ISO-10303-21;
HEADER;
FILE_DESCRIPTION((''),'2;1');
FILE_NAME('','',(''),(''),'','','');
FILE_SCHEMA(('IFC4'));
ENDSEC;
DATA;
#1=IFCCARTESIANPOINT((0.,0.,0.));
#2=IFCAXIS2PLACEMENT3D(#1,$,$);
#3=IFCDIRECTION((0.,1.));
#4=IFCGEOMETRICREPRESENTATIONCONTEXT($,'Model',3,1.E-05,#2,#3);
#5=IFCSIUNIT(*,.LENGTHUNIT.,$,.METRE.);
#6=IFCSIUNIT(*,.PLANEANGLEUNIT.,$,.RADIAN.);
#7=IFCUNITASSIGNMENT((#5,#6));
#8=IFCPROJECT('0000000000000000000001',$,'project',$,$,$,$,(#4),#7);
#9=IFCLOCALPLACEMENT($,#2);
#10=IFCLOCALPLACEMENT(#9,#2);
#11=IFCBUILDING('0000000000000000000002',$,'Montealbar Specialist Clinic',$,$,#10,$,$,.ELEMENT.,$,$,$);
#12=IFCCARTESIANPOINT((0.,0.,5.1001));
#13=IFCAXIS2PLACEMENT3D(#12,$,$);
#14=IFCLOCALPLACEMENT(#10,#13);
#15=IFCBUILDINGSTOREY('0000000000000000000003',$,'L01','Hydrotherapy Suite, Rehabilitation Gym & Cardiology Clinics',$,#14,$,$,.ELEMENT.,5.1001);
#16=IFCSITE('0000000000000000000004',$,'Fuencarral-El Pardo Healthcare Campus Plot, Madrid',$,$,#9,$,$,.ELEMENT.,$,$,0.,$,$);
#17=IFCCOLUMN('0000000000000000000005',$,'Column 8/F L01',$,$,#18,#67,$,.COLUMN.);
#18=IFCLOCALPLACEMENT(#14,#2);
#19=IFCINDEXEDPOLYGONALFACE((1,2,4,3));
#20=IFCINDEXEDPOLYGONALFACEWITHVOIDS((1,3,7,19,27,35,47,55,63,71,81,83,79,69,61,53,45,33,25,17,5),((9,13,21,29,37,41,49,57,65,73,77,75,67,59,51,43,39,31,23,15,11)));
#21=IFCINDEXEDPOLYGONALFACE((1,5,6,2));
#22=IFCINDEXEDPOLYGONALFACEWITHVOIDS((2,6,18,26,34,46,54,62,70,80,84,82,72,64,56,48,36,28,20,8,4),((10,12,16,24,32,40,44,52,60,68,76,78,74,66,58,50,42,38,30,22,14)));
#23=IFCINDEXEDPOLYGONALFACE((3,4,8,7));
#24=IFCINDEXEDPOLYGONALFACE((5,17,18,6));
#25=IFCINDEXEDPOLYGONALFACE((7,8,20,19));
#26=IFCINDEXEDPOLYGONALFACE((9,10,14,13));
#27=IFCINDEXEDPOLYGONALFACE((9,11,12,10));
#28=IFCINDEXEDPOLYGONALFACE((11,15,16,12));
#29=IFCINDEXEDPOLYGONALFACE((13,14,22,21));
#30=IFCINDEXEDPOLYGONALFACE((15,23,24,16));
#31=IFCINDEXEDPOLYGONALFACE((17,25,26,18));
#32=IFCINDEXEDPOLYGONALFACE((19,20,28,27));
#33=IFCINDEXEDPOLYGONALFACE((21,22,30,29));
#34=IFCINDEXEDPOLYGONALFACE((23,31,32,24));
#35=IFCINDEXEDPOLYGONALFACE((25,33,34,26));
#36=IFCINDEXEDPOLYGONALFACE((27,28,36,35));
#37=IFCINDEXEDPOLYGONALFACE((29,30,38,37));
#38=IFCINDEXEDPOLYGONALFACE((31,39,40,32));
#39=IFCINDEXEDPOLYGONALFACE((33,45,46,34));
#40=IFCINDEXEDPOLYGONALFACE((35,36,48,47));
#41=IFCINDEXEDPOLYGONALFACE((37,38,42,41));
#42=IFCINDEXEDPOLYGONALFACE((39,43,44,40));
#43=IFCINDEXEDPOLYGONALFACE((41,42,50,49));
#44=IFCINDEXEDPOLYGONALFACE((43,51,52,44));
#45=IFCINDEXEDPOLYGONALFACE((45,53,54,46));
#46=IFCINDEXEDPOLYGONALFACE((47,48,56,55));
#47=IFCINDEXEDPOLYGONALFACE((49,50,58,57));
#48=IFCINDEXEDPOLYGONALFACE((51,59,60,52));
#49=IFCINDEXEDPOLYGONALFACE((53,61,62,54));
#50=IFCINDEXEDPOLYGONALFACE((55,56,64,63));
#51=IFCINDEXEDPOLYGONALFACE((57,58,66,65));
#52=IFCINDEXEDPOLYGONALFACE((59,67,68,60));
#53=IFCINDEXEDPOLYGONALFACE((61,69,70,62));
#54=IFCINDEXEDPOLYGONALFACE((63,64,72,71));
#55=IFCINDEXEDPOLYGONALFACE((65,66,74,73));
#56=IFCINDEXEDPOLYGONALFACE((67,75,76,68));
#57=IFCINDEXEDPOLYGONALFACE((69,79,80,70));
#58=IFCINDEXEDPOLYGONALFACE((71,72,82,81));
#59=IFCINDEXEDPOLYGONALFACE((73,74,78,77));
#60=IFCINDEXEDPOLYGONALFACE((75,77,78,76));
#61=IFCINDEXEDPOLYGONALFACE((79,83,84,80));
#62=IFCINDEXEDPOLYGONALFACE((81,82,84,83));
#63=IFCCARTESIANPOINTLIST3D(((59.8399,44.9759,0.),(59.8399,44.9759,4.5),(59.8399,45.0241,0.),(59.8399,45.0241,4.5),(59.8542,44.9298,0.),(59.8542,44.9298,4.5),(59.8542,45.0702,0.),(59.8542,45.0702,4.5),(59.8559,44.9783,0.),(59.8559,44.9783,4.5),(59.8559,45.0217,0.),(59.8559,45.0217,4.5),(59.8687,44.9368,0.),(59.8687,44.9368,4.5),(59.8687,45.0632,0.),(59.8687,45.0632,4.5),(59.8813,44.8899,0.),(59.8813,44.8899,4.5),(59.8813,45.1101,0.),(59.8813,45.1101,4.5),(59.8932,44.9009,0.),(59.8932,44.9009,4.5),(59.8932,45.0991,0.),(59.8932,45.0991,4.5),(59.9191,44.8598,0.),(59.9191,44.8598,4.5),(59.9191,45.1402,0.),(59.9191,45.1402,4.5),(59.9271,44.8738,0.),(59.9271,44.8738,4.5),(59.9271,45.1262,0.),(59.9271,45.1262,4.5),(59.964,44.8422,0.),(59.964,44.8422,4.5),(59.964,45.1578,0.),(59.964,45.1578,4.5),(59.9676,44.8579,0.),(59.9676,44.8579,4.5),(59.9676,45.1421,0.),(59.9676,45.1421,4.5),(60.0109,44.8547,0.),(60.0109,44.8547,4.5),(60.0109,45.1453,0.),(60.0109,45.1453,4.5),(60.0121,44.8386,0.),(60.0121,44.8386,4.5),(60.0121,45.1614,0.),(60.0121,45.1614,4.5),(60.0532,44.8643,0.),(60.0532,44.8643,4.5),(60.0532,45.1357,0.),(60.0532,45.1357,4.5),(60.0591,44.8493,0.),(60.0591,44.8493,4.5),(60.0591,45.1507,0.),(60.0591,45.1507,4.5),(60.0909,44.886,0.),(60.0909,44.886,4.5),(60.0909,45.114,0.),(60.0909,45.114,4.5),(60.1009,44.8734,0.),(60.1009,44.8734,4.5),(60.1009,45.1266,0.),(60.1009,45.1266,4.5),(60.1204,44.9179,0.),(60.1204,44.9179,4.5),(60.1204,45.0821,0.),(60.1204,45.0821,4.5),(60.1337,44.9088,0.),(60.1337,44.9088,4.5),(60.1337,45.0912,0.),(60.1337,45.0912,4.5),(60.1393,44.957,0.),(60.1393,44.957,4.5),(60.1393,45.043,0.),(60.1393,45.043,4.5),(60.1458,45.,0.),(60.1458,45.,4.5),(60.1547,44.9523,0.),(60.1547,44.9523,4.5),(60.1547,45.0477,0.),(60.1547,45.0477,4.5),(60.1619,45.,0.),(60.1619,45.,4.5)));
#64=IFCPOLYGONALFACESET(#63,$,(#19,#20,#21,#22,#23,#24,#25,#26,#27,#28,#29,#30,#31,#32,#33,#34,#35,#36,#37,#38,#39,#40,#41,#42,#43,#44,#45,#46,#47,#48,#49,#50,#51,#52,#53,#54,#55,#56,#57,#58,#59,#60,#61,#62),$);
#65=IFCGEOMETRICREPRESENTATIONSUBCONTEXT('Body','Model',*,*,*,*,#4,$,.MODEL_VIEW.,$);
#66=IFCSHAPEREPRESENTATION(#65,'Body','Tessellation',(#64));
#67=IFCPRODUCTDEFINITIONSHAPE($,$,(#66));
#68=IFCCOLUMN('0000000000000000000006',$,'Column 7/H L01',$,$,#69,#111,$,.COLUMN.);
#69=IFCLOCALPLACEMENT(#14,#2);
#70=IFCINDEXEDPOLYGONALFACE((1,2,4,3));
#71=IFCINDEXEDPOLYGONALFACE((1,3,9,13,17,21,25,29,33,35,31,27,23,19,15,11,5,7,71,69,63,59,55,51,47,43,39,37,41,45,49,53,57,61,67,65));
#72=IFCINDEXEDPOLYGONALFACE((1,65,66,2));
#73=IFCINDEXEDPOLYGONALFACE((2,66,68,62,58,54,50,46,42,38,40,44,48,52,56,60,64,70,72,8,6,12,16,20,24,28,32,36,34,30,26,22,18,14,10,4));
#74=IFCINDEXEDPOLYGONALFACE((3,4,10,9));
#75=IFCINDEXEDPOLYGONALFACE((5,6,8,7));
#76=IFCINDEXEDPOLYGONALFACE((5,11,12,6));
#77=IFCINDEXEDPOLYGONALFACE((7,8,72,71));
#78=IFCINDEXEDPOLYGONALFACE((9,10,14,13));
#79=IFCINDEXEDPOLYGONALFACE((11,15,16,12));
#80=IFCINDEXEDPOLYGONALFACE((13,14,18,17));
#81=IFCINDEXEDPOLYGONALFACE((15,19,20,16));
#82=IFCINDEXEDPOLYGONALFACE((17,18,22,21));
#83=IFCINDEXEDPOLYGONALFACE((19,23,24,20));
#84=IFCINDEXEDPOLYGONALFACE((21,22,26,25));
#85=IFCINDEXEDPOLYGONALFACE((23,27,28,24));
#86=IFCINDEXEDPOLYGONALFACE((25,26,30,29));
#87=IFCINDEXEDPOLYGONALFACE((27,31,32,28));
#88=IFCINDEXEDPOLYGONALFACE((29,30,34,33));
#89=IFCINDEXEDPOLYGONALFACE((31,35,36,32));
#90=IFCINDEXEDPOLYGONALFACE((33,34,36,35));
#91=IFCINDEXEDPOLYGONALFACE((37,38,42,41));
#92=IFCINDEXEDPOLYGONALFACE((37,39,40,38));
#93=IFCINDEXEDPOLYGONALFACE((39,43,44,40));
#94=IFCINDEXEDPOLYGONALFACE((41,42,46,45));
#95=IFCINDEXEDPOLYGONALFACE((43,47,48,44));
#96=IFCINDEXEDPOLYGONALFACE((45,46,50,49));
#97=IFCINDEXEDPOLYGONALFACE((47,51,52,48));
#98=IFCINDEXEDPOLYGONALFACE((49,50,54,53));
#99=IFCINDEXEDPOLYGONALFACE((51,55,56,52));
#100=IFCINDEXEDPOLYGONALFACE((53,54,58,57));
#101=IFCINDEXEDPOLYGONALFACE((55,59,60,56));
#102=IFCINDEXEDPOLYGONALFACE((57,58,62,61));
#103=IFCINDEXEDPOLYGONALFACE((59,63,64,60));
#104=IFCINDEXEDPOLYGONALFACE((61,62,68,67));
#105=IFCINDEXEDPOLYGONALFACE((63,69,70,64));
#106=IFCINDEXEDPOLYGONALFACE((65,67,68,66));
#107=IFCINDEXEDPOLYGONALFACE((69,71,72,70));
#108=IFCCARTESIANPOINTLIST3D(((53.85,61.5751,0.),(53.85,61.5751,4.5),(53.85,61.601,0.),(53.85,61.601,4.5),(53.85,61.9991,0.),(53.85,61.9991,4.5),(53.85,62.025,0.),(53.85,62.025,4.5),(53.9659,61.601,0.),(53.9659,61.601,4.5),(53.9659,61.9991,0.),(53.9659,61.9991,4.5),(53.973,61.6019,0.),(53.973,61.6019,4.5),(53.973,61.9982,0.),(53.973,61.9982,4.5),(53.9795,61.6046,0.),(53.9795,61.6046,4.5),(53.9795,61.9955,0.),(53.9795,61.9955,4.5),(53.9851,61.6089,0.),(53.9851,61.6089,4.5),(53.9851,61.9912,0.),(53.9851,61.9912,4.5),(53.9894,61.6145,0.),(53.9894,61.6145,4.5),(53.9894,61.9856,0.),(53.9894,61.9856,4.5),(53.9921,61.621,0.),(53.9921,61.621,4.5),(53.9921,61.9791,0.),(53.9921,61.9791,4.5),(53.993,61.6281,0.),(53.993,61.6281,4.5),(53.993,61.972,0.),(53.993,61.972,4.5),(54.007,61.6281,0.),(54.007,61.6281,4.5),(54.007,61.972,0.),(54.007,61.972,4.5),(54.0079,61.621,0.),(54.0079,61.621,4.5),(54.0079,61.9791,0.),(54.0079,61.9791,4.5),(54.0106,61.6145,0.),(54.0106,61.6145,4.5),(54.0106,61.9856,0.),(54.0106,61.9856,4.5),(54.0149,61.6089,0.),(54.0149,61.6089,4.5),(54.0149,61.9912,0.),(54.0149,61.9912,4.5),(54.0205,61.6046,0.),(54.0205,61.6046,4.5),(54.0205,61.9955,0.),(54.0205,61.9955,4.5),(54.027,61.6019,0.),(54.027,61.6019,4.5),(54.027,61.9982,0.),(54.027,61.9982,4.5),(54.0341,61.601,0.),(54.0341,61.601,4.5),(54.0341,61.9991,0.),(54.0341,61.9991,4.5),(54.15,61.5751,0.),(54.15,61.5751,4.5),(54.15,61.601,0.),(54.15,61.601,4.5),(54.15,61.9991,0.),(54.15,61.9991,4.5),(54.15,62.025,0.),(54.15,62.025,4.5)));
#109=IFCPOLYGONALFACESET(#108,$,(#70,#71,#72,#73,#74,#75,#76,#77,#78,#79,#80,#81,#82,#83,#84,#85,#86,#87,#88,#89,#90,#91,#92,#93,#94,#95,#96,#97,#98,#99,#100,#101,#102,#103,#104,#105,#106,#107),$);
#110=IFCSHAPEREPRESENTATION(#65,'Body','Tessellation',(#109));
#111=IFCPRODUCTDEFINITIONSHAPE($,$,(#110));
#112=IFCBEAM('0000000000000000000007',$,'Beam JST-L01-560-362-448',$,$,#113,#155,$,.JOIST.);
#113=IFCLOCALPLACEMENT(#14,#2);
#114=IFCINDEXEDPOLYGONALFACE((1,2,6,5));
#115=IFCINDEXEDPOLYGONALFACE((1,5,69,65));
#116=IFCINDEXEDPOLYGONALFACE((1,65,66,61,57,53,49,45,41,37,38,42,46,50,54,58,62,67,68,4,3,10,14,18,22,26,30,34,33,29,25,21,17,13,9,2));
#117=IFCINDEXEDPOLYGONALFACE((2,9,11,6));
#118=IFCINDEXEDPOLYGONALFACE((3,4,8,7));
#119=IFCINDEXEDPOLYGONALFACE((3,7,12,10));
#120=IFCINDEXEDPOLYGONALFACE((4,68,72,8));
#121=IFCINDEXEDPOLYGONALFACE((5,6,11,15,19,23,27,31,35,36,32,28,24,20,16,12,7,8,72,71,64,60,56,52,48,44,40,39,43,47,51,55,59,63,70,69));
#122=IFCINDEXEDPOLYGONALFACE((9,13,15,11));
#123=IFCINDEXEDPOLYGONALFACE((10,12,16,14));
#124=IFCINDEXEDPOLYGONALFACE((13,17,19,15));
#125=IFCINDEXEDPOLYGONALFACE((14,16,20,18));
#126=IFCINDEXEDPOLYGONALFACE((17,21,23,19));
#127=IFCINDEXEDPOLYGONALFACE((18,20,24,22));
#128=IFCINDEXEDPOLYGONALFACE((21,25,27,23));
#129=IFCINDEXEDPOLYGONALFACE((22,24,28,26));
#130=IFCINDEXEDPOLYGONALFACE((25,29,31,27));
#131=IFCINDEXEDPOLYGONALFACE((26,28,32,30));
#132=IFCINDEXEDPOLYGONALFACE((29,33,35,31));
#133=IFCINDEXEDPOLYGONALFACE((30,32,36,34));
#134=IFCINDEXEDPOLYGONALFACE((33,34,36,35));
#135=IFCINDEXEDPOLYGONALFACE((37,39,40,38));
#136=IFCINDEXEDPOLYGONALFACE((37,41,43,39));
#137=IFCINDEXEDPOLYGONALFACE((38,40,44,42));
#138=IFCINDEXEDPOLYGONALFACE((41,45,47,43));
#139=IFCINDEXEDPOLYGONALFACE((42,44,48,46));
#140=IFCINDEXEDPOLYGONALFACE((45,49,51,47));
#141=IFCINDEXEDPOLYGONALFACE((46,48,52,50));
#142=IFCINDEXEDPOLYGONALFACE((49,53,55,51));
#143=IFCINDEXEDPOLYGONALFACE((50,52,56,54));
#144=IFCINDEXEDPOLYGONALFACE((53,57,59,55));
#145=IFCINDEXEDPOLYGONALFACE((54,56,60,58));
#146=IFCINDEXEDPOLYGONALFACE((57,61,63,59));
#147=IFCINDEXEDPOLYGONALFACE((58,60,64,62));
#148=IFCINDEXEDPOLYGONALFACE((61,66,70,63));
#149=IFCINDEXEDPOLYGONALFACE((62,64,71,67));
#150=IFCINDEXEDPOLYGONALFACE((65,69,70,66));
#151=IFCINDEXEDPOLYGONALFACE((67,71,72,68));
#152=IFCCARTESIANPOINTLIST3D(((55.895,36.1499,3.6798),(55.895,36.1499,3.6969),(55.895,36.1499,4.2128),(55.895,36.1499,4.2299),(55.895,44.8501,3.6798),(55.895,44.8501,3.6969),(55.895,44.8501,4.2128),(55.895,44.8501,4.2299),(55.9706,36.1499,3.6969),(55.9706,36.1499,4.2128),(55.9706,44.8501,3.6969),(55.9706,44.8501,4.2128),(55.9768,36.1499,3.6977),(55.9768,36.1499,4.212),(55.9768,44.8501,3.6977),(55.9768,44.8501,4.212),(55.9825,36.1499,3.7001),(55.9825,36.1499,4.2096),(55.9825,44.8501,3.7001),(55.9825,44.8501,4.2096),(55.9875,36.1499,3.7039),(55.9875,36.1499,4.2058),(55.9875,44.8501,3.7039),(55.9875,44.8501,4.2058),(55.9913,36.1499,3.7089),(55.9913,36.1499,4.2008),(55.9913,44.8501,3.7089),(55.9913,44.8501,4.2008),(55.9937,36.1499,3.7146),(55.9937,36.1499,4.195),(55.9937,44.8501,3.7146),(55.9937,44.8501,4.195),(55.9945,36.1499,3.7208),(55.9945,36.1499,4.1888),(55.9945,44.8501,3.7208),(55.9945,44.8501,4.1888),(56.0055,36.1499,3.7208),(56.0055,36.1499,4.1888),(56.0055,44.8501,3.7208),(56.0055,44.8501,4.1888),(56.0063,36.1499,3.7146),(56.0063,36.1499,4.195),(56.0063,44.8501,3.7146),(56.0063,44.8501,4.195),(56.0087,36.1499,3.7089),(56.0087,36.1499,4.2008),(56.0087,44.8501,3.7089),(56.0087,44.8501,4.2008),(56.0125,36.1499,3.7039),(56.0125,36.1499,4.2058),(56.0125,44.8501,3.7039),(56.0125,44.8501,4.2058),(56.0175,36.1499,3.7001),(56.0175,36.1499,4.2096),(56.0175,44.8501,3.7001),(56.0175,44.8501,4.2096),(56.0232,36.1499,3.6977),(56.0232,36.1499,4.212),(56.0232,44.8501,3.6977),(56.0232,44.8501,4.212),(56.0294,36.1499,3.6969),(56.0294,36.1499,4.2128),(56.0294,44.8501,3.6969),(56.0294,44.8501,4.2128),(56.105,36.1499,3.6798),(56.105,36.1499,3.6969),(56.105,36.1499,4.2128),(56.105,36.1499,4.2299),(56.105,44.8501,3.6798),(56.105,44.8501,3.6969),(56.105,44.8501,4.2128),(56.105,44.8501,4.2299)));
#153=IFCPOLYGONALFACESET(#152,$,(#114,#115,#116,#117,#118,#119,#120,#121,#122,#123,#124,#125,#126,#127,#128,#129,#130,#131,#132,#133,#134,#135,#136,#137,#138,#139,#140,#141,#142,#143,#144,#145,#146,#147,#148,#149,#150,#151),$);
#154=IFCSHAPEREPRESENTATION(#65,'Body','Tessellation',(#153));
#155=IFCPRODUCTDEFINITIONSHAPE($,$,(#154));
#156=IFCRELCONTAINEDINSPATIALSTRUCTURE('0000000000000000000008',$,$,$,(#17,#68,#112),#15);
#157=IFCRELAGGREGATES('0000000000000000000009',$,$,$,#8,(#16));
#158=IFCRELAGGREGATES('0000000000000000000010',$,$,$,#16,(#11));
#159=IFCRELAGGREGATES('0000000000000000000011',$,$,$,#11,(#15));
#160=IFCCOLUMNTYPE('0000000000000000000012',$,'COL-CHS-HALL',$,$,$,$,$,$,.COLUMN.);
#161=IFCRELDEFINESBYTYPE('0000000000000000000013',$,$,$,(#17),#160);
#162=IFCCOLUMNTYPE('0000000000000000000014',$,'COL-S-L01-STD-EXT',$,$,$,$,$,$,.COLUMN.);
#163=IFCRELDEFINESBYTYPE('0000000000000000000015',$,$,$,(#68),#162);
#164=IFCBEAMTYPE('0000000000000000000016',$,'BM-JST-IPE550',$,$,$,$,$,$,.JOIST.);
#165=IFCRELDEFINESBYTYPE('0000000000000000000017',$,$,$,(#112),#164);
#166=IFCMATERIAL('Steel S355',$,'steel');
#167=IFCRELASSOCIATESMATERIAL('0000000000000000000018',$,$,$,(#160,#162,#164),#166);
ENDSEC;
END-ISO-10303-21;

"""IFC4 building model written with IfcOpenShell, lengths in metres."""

from ifc_helpers import new_model, si_unit, direction, frame, origin, origin_2d, place, context, subcontext, project, spatial, hollow_circle, i_section, extrude, material, material_profile, profile_set, type_object, element, save


model = new_model("IFC4")

# Units and contexts
model_context = context("Model", 3, precision=1e-05, world=origin(), true_north=direction((0.0, 1.0)))
body_context = subcontext(model_context, "Body", "Model", "MODEL_VIEW")
ifc_project = project(units=[si_unit("LENGTHUNIT", "METRE"), si_unit("PLANEANGLEUNIT", "RADIAN")], contexts=[model_context])

# Site, building, storey
site_placement = place(None, origin())
site = spatial("IfcSite", under=ifc_project, at=site_placement, Name="Fuencarral-El Pardo Healthcare Campus Plot, Madrid", CompositionType="ELEMENT", RefElevation=0.0)
building_placement = place(site_placement, origin())
building = spatial("IfcBuilding", under=site, at=building_placement, Name="Montealbar Specialist Clinic", CompositionType="ELEMENT")
storey_placement = place(building_placement, frame((0.0, 0.0, 5.1001)))
storey = spatial("IfcBuildingStorey", under=building, at=storey_placement, Name="L01", Description="Hydrotherapy Suite, Rehabilitation Gym & Cardiology Clinics", CompositionType="ELEMENT", Elevation=5.1001)

# Columns
ifc_material_1 = material(Name="Steel S355", Category="steel")
ifc_material_profile_1 = material_profile(ifc_material_1, hollow_circle(Radius=0.1619, WallThickness=0.0161, at=origin_2d()), Name="CHS 323.9x16.0", Category="steel")
ifc_profile_set_1 = profile_set([ifc_material_profile_1], Name="Steel S355")
column_type_1 = type_object("IfcColumnType", Name="COL-CHS-HALL", PredefinedType="COLUMN", material=ifc_profile_set_1)
column_1_placement = place(storey_placement, frame((60.0, 45.0, 0.0), z_axis=(0.0, 0.0, 1.0), x_axis=(1.0, 0.0, 0.0)))
element("IfcColumn", 1, at=column_1_placement, inside=storey, type_object=column_type_1, Name="Column 8/F L01", PredefinedType="COLUMN", context=body_context, shape_type="SweptSolid", body=[
    extrude(hollow_circle(Radius=0.1619, WallThickness=0.0161, at=origin_2d()), origin(), (0.0, 0.0, 1.0), 4.5),
])
ifc_material_profile_2 = material_profile(ifc_material_1, i_section(OverallWidth=0.3, OverallDepth=0.45, WebThickness=0.0139, FlangeThickness=0.0259, FilletRadius=0.0271, at=origin_2d()), Name="HEB 450", Category="steel")
ifc_profile_set_2 = profile_set([ifc_material_profile_2], Name="Steel S355")
column_type_2 = type_object("IfcColumnType", Name="COL-S-L01-STD-EXT", PredefinedType="COLUMN", material=ifc_profile_set_2)
column_2_placement = place(storey_placement, frame((54.0, 61.8, 0.0), z_axis=(0.0, 0.0, 1.0), x_axis=(1.0, 0.0, 0.0)))
element("IfcColumn", 2, at=column_2_placement, inside=storey, type_object=column_type_2, Name="Column 7/H L01", PredefinedType="COLUMN", context=body_context, shape_type="SweptSolid", body=[
    extrude(i_section(OverallWidth=0.3, OverallDepth=0.45, WebThickness=0.0139, FlangeThickness=0.0259, FilletRadius=0.0271, at=origin_2d()), origin(), (0.0, 0.0, 1.0), 4.5),
])

# Beam
ifc_material_profile_3 = material_profile(ifc_material_1, i_section(OverallWidth=0.21, OverallDepth=0.55, WebThickness=0.011, FlangeThickness=0.0171, FilletRadius=0.0239, at=origin_2d()), Name="IPE 550", Category="steel")
ifc_profile_set_3 = profile_set([ifc_material_profile_3], Name="Steel S355")
beam_type_1 = type_object("IfcBeamType", Name="BM-JST-IPE550", PredefinedType="JOIST", material=ifc_profile_set_3)
beam_1_placement = place(storey_placement, frame((56.0, 36.1499, 3.9548), z_axis=(0.0, 1.0, 0.0), x_axis=(-1.0, 0.0, 0.0)))
element("IfcBeam", 3, at=beam_1_placement, inside=storey, type_object=beam_type_1, Name="Beam JST-L01-560-362-448", PredefinedType="JOIST", context=body_context, shape_type="SweptSolid", body=[
    extrude(i_section(OverallWidth=0.21, OverallDepth=0.55, WebThickness=0.011, FlangeThickness=0.0171, FilletRadius=0.0239, at=origin_2d()), origin(), (0.0, 0.0, 1.0), 8.7002),
])

save(model, "model.ifc")
